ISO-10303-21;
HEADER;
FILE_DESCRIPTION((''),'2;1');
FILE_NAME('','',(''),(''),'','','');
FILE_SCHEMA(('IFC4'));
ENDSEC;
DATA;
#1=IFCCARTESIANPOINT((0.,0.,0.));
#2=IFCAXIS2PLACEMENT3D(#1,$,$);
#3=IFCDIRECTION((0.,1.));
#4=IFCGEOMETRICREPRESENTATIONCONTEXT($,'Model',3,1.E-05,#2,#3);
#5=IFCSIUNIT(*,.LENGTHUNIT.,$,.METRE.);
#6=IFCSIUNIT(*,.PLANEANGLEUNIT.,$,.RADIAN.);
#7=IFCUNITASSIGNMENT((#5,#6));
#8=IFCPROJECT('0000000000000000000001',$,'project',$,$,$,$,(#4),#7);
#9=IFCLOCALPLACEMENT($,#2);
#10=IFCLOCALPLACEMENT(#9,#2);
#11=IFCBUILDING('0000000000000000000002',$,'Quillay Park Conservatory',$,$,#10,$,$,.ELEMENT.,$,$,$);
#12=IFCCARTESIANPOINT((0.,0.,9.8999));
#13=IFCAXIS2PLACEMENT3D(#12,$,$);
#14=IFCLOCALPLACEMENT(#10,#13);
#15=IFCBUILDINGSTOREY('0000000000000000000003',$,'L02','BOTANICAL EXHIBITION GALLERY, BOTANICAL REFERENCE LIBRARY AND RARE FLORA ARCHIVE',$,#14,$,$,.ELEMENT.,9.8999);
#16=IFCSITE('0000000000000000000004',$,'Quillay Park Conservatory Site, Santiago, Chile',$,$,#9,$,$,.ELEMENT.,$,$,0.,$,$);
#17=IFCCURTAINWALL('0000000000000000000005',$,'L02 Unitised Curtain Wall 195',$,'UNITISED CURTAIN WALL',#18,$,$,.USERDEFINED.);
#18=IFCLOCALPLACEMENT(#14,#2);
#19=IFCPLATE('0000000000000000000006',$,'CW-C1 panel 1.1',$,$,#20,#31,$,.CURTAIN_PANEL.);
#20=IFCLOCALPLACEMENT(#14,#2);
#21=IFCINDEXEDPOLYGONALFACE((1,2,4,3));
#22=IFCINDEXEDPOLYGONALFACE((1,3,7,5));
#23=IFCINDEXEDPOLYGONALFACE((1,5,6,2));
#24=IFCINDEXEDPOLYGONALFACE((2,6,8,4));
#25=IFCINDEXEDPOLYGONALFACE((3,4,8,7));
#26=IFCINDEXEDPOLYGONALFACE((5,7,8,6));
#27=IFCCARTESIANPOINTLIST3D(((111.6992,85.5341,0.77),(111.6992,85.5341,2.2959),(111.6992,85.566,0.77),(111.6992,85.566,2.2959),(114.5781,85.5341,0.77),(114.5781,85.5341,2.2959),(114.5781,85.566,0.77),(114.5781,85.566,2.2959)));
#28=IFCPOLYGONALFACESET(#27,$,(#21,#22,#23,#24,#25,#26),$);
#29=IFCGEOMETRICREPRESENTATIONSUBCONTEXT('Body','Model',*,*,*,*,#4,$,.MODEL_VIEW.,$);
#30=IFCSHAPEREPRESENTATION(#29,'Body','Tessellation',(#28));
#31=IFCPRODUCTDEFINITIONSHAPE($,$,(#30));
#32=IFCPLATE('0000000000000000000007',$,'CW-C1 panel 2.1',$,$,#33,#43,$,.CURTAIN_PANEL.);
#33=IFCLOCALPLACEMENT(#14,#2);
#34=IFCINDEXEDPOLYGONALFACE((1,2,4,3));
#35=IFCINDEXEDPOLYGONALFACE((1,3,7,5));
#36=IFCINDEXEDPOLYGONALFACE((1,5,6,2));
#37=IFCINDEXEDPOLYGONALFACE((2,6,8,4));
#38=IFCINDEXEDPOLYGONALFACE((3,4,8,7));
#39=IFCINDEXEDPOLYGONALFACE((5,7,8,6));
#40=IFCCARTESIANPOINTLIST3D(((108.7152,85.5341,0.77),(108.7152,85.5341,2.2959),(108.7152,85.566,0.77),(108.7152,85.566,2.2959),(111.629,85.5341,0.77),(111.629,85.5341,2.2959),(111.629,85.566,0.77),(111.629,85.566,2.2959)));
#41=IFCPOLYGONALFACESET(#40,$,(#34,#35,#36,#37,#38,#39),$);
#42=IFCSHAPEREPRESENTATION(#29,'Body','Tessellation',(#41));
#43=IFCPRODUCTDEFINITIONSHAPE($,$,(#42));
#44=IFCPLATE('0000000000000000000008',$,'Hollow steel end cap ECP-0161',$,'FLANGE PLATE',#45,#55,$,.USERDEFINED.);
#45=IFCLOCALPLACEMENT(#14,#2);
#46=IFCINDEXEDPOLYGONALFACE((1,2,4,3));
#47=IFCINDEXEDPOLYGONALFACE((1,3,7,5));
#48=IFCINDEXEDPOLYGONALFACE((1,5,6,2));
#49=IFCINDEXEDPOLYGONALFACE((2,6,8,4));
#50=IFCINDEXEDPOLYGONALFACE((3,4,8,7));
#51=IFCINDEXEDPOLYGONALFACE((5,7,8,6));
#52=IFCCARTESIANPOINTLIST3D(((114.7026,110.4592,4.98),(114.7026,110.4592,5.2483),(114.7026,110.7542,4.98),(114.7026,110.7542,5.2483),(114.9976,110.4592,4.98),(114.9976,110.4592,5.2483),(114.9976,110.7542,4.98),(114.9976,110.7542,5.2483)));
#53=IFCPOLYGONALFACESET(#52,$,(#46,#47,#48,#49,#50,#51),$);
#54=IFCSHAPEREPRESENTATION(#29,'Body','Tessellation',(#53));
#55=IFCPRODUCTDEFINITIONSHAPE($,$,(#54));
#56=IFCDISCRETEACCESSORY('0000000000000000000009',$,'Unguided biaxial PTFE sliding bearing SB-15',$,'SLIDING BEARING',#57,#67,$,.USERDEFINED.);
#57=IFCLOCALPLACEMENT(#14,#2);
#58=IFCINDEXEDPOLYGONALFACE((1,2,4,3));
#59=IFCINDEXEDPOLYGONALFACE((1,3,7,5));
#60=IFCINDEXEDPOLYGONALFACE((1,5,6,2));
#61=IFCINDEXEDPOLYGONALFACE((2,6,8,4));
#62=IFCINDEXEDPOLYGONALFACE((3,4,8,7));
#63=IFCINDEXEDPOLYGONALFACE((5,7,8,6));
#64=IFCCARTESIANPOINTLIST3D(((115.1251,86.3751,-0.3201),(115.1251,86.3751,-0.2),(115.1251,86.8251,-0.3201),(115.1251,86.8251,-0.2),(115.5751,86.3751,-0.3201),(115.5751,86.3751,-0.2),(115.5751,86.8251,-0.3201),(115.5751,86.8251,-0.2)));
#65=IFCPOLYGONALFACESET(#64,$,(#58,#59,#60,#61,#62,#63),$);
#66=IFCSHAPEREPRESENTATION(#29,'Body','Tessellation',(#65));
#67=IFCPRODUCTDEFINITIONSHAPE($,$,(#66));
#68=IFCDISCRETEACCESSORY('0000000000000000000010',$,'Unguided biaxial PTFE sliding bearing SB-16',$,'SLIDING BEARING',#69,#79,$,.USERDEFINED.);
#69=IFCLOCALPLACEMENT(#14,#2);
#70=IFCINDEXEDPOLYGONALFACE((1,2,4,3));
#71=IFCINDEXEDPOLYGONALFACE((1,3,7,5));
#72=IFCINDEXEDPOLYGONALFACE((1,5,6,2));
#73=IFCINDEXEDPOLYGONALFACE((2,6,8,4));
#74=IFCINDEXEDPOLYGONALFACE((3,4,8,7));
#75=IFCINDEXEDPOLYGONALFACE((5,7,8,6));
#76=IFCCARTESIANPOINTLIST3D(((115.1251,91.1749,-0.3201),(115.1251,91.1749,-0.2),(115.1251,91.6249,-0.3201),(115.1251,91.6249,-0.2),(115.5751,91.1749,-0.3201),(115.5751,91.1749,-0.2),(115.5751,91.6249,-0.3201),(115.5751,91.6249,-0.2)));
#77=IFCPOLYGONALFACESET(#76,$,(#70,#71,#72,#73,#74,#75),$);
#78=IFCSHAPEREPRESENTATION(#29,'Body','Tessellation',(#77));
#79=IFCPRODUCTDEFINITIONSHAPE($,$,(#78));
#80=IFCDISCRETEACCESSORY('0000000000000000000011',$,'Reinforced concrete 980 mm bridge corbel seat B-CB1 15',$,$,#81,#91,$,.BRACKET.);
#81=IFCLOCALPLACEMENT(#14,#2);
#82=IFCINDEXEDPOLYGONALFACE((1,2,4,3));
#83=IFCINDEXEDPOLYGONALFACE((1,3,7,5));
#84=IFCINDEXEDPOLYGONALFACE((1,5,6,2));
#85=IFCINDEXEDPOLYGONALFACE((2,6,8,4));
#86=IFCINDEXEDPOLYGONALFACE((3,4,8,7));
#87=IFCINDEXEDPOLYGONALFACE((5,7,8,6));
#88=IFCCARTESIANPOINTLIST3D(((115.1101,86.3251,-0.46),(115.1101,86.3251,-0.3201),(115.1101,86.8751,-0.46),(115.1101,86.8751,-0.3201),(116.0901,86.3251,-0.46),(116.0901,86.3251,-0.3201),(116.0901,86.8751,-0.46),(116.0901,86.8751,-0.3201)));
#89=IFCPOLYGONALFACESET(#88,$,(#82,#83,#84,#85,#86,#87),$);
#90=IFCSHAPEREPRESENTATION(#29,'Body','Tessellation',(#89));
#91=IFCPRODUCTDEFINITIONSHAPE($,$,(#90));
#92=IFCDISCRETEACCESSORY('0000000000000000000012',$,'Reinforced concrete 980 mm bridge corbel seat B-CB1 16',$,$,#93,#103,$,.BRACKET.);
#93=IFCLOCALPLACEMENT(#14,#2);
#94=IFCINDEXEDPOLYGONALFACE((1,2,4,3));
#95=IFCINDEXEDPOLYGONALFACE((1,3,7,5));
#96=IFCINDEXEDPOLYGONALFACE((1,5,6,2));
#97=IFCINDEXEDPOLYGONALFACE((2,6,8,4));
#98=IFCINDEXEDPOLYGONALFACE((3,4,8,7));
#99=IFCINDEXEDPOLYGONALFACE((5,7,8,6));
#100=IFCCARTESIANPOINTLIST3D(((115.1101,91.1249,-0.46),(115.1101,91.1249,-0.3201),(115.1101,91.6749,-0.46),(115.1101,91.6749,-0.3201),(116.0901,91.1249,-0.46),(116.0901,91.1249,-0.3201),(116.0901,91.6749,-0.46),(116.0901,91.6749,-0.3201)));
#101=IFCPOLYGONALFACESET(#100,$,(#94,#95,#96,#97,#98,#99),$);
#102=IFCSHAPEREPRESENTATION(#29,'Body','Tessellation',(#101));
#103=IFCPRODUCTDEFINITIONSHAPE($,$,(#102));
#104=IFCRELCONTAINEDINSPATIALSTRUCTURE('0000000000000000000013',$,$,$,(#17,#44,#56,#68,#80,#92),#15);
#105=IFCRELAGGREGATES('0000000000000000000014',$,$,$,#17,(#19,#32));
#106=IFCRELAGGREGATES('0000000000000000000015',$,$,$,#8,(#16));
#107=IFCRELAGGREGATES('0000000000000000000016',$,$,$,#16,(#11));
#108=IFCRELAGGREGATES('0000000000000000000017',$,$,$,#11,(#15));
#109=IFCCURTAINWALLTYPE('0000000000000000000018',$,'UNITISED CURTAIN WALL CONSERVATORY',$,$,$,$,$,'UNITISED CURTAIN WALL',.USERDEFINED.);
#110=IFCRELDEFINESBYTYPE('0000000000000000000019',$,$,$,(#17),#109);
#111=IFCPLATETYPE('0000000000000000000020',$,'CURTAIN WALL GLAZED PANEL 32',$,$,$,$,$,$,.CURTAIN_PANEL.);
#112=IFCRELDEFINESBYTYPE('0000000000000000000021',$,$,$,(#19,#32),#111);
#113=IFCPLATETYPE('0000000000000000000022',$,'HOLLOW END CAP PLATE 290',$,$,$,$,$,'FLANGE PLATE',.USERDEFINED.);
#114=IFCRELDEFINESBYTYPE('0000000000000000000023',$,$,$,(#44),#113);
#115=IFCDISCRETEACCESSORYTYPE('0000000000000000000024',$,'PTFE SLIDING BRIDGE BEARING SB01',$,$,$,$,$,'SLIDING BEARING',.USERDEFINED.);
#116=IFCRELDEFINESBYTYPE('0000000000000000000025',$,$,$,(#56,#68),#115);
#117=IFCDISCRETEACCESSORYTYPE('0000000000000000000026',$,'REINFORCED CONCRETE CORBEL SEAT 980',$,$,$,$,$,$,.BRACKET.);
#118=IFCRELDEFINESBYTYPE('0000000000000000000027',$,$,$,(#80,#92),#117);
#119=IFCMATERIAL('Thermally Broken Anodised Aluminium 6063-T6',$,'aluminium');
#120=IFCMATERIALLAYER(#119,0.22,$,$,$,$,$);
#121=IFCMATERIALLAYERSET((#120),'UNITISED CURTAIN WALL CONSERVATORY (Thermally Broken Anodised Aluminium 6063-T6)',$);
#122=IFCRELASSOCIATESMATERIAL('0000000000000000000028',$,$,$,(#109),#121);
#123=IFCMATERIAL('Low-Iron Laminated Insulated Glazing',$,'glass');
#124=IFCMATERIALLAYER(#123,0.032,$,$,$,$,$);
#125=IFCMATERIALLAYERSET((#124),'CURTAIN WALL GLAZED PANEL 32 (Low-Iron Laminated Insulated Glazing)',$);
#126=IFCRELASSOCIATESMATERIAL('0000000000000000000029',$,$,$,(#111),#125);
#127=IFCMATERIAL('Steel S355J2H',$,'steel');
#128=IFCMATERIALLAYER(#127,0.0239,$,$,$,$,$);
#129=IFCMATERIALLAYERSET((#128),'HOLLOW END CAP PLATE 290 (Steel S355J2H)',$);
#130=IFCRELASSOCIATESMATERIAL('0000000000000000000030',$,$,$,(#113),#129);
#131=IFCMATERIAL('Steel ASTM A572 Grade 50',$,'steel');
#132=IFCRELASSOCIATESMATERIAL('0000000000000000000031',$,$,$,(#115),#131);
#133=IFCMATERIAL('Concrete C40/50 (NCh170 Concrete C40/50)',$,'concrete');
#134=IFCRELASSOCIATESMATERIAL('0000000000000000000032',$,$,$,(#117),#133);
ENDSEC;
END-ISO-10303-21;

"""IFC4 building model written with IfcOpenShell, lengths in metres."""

from ifc_helpers import new_model, si_unit, direction, frame, origin, origin_2d, place, context, subcontext, project, spatial, rectangle, extrude, material, layer, layer_set, type_object, element, aggregate, save


model = new_model("IFC4")

# Units and contexts
model_context = context("Model", 3, precision=1e-05, world=origin(), true_north=direction((0.0, 1.0)))
body_context = subcontext(model_context, "Body", "Model", "MODEL_VIEW")
ifc_project = project(units=[si_unit("LENGTHUNIT", "METRE"), si_unit("PLANEANGLEUNIT", "RADIAN")], contexts=[model_context])

# Site, building, storey
site_placement = place(None, origin())
site = spatial("IfcSite", under=ifc_project, at=site_placement, Name="Quillay Park Conservatory Site, Santiago, Chile", CompositionType="ELEMENT", RefElevation=0.0)
building_placement = place(site_placement, origin())
building = spatial("IfcBuilding", under=site, at=building_placement, Name="Quillay Park Conservatory", CompositionType="ELEMENT")
storey_placement = place(building_placement, frame((0.0, 0.0, 9.8999)))
storey = spatial("IfcBuildingStorey", under=building, at=storey_placement, Name="L02", Description="BOTANICAL EXHIBITION GALLERY, BOTANICAL REFERENCE LIBRARY AND RARE FLORA ARCHIVE", CompositionType="ELEMENT", Elevation=9.8999)

# Curtain wall
ifc_material_1 = material(Name="Thermally Broken Anodised Aluminium 6063-T6", Category="aluminium")
ifc_layer_1 = layer(ifc_material_1, 0.22)
ifc_layer_set_1 = layer_set([ifc_layer_1], Name="UNITISED CURTAIN WALL CONSERVATORY (Thermally Broken Anodised Aluminium 6063-T6)")
curtain_wall_type = type_object("IfcCurtainWallType", Name="UNITISED CURTAIN WALL CONSERVATORY", ElementType="UNITISED CURTAIN WALL", PredefinedType="USERDEFINED", material=ifc_layer_set_1)
curtain_wall_placement = place(storey_placement, origin())
curtain_wall = element("IfcCurtainWall", 1, at=curtain_wall_placement, inside=storey, type_object=curtain_wall_type, Name="L02 Unitised Curtain Wall 195", ObjectType="UNITISED CURTAIN WALL", PredefinedType="USERDEFINED")

# Plates
ifc_material_2 = material(Name="Low-Iron Laminated Insulated Glazing", Category="glass")
ifc_layer_2 = layer(ifc_material_2, 0.032)
ifc_layer_set_2 = layer_set([ifc_layer_2], Name="CURTAIN WALL GLAZED PANEL 32 (Low-Iron Laminated Insulated Glazing)")
plate_type_1 = type_object("IfcPlateType", Name="CURTAIN WALL GLAZED PANEL 32", PredefinedType="CURTAIN_PANEL", material=ifc_layer_set_2)
plate_1_placement = place(storey_placement, frame((113.1387, 85.55, 0.77), z_axis=(0.0, 0.0, 1.0), x_axis=(-1.0, 0.0, 0.0)))
plate_1 = element("IfcPlate", 2, at=plate_1_placement, type_object=plate_type_1, Name="CW-C1 panel 1.1", PredefinedType="CURTAIN_PANEL", context=body_context, shape_type="SweptSolid", body=[
    extrude(rectangle(XDim=2.8789, YDim=0.032, at=origin_2d()), origin(), (0.0, 0.0, 1.0), 1.5259),
])
plate_2_placement = place(storey_placement, frame((110.1721, 85.55, 0.77), z_axis=(0.0, 0.0, 1.0), x_axis=(-1.0, 0.0, 0.0)))
plate_2 = element("IfcPlate", 3, at=plate_2_placement, type_object=plate_type_1, Name="CW-C1 panel 2.1", PredefinedType="CURTAIN_PANEL", context=body_context, shape_type="SweptSolid", body=[
    extrude(rectangle(XDim=2.9138, YDim=0.032, at=origin_2d()), origin(), (0.0, 0.0, 1.0), 1.5259),
])
aggregate(curtain_wall, [plate_1, plate_2])
ifc_material_3 = material(Name="Steel S355J2H", Category="steel")
ifc_layer_3 = layer(ifc_material_3, 0.0239)
ifc_layer_set_3 = layer_set([ifc_layer_3], Name="HOLLOW END CAP PLATE 290 (Steel S355J2H)")
plate_type_2 = type_object("IfcPlateType", Name="HOLLOW END CAP PLATE 290", ElementType="FLANGE PLATE", PredefinedType="USERDEFINED", material=ifc_layer_set_3)
plate_3_placement = place(storey_placement, frame((114.8501, 110.6067, 4.98), z_axis=(0.0, 0.0, 1.0), x_axis=(1.0, 0.0, 0.0)))
element("IfcPlate", 4, at=plate_3_placement, inside=storey, type_object=plate_type_2, Name="Hollow steel end cap ECP-0161", ObjectType="FLANGE PLATE", PredefinedType="USERDEFINED", context=body_context, shape_type="SweptSolid", body=[
    extrude(rectangle(XDim=0.2949, YDim=0.2949, at=origin_2d()), origin(), (0.0, 0.0, 1.0), 0.2683),
])

# Discrete accessories
ifc_material_4 = material(Name="Steel ASTM A572 Grade 50", Category="steel")
discrete_accessory_type_1 = type_object("IfcDiscreteAccessoryType", Name="PTFE SLIDING BRIDGE BEARING SB01", ElementType="SLIDING BEARING", PredefinedType="USERDEFINED", material=ifc_material_4)
for number, where, z_axis, x_axis, name in (
    (5, (115.3501, 86.6001, -0.3201), (0.0, 0.0, 1.0), (1.0, 0.0, 0.0), "Unguided biaxial PTFE sliding bearing SB-15"),
    (6, (115.3501, 91.3999, -0.3201), (0.0, 0.0, 1.0), (1.0, 0.0, 0.0), "Unguided biaxial PTFE sliding bearing SB-16"),
):
    element("IfcDiscreteAccessory", number, at=place(storey_placement, frame(where, z_axis=z_axis, x_axis=x_axis)), inside=storey, type_object=discrete_accessory_type_1, Name=name, ObjectType="SLIDING BEARING", PredefinedType="USERDEFINED", context=body_context, shape_type="SweptSolid", body=[
        extrude(rectangle(XDim=0.45, YDim=0.45, at=origin_2d()), origin(), (0.0, 0.0, 1.0), 0.1201),
    ])
ifc_material_5 = material(Name="Concrete C40/50 (NCh170 Concrete C40/50)", Category="concrete")
discrete_accessory_type_2 = type_object("IfcDiscreteAccessoryType", Name="REINFORCED CONCRETE CORBEL SEAT 980", PredefinedType="BRACKET", material=ifc_material_5)
for number, where, z_axis, x_axis, name in (
    (7, (115.6001, 86.6001, -0.46), (0.0, 0.0, 1.0), (1.0, 0.0, 0.0), "Reinforced concrete 980 mm bridge corbel seat B-CB1 15"),
    (8, (115.6001, 91.3999, -0.46), (0.0, 0.0, 1.0), (1.0, 0.0, 0.0), "Reinforced concrete 980 mm bridge corbel seat B-CB1 16"),
):
    element("IfcDiscreteAccessory", number, at=place(storey_placement, frame(where, z_axis=z_axis, x_axis=x_axis)), inside=storey, type_object=discrete_accessory_type_2, Name=name, PredefinedType="BRACKET", context=body_context, shape_type="SweptSolid", body=[
        extrude(rectangle(XDim=0.98, YDim=0.55, at=origin_2d()), origin(), (0.0, 0.0, 1.0), 0.1399),
    ])

save(model, "model.ifc")
